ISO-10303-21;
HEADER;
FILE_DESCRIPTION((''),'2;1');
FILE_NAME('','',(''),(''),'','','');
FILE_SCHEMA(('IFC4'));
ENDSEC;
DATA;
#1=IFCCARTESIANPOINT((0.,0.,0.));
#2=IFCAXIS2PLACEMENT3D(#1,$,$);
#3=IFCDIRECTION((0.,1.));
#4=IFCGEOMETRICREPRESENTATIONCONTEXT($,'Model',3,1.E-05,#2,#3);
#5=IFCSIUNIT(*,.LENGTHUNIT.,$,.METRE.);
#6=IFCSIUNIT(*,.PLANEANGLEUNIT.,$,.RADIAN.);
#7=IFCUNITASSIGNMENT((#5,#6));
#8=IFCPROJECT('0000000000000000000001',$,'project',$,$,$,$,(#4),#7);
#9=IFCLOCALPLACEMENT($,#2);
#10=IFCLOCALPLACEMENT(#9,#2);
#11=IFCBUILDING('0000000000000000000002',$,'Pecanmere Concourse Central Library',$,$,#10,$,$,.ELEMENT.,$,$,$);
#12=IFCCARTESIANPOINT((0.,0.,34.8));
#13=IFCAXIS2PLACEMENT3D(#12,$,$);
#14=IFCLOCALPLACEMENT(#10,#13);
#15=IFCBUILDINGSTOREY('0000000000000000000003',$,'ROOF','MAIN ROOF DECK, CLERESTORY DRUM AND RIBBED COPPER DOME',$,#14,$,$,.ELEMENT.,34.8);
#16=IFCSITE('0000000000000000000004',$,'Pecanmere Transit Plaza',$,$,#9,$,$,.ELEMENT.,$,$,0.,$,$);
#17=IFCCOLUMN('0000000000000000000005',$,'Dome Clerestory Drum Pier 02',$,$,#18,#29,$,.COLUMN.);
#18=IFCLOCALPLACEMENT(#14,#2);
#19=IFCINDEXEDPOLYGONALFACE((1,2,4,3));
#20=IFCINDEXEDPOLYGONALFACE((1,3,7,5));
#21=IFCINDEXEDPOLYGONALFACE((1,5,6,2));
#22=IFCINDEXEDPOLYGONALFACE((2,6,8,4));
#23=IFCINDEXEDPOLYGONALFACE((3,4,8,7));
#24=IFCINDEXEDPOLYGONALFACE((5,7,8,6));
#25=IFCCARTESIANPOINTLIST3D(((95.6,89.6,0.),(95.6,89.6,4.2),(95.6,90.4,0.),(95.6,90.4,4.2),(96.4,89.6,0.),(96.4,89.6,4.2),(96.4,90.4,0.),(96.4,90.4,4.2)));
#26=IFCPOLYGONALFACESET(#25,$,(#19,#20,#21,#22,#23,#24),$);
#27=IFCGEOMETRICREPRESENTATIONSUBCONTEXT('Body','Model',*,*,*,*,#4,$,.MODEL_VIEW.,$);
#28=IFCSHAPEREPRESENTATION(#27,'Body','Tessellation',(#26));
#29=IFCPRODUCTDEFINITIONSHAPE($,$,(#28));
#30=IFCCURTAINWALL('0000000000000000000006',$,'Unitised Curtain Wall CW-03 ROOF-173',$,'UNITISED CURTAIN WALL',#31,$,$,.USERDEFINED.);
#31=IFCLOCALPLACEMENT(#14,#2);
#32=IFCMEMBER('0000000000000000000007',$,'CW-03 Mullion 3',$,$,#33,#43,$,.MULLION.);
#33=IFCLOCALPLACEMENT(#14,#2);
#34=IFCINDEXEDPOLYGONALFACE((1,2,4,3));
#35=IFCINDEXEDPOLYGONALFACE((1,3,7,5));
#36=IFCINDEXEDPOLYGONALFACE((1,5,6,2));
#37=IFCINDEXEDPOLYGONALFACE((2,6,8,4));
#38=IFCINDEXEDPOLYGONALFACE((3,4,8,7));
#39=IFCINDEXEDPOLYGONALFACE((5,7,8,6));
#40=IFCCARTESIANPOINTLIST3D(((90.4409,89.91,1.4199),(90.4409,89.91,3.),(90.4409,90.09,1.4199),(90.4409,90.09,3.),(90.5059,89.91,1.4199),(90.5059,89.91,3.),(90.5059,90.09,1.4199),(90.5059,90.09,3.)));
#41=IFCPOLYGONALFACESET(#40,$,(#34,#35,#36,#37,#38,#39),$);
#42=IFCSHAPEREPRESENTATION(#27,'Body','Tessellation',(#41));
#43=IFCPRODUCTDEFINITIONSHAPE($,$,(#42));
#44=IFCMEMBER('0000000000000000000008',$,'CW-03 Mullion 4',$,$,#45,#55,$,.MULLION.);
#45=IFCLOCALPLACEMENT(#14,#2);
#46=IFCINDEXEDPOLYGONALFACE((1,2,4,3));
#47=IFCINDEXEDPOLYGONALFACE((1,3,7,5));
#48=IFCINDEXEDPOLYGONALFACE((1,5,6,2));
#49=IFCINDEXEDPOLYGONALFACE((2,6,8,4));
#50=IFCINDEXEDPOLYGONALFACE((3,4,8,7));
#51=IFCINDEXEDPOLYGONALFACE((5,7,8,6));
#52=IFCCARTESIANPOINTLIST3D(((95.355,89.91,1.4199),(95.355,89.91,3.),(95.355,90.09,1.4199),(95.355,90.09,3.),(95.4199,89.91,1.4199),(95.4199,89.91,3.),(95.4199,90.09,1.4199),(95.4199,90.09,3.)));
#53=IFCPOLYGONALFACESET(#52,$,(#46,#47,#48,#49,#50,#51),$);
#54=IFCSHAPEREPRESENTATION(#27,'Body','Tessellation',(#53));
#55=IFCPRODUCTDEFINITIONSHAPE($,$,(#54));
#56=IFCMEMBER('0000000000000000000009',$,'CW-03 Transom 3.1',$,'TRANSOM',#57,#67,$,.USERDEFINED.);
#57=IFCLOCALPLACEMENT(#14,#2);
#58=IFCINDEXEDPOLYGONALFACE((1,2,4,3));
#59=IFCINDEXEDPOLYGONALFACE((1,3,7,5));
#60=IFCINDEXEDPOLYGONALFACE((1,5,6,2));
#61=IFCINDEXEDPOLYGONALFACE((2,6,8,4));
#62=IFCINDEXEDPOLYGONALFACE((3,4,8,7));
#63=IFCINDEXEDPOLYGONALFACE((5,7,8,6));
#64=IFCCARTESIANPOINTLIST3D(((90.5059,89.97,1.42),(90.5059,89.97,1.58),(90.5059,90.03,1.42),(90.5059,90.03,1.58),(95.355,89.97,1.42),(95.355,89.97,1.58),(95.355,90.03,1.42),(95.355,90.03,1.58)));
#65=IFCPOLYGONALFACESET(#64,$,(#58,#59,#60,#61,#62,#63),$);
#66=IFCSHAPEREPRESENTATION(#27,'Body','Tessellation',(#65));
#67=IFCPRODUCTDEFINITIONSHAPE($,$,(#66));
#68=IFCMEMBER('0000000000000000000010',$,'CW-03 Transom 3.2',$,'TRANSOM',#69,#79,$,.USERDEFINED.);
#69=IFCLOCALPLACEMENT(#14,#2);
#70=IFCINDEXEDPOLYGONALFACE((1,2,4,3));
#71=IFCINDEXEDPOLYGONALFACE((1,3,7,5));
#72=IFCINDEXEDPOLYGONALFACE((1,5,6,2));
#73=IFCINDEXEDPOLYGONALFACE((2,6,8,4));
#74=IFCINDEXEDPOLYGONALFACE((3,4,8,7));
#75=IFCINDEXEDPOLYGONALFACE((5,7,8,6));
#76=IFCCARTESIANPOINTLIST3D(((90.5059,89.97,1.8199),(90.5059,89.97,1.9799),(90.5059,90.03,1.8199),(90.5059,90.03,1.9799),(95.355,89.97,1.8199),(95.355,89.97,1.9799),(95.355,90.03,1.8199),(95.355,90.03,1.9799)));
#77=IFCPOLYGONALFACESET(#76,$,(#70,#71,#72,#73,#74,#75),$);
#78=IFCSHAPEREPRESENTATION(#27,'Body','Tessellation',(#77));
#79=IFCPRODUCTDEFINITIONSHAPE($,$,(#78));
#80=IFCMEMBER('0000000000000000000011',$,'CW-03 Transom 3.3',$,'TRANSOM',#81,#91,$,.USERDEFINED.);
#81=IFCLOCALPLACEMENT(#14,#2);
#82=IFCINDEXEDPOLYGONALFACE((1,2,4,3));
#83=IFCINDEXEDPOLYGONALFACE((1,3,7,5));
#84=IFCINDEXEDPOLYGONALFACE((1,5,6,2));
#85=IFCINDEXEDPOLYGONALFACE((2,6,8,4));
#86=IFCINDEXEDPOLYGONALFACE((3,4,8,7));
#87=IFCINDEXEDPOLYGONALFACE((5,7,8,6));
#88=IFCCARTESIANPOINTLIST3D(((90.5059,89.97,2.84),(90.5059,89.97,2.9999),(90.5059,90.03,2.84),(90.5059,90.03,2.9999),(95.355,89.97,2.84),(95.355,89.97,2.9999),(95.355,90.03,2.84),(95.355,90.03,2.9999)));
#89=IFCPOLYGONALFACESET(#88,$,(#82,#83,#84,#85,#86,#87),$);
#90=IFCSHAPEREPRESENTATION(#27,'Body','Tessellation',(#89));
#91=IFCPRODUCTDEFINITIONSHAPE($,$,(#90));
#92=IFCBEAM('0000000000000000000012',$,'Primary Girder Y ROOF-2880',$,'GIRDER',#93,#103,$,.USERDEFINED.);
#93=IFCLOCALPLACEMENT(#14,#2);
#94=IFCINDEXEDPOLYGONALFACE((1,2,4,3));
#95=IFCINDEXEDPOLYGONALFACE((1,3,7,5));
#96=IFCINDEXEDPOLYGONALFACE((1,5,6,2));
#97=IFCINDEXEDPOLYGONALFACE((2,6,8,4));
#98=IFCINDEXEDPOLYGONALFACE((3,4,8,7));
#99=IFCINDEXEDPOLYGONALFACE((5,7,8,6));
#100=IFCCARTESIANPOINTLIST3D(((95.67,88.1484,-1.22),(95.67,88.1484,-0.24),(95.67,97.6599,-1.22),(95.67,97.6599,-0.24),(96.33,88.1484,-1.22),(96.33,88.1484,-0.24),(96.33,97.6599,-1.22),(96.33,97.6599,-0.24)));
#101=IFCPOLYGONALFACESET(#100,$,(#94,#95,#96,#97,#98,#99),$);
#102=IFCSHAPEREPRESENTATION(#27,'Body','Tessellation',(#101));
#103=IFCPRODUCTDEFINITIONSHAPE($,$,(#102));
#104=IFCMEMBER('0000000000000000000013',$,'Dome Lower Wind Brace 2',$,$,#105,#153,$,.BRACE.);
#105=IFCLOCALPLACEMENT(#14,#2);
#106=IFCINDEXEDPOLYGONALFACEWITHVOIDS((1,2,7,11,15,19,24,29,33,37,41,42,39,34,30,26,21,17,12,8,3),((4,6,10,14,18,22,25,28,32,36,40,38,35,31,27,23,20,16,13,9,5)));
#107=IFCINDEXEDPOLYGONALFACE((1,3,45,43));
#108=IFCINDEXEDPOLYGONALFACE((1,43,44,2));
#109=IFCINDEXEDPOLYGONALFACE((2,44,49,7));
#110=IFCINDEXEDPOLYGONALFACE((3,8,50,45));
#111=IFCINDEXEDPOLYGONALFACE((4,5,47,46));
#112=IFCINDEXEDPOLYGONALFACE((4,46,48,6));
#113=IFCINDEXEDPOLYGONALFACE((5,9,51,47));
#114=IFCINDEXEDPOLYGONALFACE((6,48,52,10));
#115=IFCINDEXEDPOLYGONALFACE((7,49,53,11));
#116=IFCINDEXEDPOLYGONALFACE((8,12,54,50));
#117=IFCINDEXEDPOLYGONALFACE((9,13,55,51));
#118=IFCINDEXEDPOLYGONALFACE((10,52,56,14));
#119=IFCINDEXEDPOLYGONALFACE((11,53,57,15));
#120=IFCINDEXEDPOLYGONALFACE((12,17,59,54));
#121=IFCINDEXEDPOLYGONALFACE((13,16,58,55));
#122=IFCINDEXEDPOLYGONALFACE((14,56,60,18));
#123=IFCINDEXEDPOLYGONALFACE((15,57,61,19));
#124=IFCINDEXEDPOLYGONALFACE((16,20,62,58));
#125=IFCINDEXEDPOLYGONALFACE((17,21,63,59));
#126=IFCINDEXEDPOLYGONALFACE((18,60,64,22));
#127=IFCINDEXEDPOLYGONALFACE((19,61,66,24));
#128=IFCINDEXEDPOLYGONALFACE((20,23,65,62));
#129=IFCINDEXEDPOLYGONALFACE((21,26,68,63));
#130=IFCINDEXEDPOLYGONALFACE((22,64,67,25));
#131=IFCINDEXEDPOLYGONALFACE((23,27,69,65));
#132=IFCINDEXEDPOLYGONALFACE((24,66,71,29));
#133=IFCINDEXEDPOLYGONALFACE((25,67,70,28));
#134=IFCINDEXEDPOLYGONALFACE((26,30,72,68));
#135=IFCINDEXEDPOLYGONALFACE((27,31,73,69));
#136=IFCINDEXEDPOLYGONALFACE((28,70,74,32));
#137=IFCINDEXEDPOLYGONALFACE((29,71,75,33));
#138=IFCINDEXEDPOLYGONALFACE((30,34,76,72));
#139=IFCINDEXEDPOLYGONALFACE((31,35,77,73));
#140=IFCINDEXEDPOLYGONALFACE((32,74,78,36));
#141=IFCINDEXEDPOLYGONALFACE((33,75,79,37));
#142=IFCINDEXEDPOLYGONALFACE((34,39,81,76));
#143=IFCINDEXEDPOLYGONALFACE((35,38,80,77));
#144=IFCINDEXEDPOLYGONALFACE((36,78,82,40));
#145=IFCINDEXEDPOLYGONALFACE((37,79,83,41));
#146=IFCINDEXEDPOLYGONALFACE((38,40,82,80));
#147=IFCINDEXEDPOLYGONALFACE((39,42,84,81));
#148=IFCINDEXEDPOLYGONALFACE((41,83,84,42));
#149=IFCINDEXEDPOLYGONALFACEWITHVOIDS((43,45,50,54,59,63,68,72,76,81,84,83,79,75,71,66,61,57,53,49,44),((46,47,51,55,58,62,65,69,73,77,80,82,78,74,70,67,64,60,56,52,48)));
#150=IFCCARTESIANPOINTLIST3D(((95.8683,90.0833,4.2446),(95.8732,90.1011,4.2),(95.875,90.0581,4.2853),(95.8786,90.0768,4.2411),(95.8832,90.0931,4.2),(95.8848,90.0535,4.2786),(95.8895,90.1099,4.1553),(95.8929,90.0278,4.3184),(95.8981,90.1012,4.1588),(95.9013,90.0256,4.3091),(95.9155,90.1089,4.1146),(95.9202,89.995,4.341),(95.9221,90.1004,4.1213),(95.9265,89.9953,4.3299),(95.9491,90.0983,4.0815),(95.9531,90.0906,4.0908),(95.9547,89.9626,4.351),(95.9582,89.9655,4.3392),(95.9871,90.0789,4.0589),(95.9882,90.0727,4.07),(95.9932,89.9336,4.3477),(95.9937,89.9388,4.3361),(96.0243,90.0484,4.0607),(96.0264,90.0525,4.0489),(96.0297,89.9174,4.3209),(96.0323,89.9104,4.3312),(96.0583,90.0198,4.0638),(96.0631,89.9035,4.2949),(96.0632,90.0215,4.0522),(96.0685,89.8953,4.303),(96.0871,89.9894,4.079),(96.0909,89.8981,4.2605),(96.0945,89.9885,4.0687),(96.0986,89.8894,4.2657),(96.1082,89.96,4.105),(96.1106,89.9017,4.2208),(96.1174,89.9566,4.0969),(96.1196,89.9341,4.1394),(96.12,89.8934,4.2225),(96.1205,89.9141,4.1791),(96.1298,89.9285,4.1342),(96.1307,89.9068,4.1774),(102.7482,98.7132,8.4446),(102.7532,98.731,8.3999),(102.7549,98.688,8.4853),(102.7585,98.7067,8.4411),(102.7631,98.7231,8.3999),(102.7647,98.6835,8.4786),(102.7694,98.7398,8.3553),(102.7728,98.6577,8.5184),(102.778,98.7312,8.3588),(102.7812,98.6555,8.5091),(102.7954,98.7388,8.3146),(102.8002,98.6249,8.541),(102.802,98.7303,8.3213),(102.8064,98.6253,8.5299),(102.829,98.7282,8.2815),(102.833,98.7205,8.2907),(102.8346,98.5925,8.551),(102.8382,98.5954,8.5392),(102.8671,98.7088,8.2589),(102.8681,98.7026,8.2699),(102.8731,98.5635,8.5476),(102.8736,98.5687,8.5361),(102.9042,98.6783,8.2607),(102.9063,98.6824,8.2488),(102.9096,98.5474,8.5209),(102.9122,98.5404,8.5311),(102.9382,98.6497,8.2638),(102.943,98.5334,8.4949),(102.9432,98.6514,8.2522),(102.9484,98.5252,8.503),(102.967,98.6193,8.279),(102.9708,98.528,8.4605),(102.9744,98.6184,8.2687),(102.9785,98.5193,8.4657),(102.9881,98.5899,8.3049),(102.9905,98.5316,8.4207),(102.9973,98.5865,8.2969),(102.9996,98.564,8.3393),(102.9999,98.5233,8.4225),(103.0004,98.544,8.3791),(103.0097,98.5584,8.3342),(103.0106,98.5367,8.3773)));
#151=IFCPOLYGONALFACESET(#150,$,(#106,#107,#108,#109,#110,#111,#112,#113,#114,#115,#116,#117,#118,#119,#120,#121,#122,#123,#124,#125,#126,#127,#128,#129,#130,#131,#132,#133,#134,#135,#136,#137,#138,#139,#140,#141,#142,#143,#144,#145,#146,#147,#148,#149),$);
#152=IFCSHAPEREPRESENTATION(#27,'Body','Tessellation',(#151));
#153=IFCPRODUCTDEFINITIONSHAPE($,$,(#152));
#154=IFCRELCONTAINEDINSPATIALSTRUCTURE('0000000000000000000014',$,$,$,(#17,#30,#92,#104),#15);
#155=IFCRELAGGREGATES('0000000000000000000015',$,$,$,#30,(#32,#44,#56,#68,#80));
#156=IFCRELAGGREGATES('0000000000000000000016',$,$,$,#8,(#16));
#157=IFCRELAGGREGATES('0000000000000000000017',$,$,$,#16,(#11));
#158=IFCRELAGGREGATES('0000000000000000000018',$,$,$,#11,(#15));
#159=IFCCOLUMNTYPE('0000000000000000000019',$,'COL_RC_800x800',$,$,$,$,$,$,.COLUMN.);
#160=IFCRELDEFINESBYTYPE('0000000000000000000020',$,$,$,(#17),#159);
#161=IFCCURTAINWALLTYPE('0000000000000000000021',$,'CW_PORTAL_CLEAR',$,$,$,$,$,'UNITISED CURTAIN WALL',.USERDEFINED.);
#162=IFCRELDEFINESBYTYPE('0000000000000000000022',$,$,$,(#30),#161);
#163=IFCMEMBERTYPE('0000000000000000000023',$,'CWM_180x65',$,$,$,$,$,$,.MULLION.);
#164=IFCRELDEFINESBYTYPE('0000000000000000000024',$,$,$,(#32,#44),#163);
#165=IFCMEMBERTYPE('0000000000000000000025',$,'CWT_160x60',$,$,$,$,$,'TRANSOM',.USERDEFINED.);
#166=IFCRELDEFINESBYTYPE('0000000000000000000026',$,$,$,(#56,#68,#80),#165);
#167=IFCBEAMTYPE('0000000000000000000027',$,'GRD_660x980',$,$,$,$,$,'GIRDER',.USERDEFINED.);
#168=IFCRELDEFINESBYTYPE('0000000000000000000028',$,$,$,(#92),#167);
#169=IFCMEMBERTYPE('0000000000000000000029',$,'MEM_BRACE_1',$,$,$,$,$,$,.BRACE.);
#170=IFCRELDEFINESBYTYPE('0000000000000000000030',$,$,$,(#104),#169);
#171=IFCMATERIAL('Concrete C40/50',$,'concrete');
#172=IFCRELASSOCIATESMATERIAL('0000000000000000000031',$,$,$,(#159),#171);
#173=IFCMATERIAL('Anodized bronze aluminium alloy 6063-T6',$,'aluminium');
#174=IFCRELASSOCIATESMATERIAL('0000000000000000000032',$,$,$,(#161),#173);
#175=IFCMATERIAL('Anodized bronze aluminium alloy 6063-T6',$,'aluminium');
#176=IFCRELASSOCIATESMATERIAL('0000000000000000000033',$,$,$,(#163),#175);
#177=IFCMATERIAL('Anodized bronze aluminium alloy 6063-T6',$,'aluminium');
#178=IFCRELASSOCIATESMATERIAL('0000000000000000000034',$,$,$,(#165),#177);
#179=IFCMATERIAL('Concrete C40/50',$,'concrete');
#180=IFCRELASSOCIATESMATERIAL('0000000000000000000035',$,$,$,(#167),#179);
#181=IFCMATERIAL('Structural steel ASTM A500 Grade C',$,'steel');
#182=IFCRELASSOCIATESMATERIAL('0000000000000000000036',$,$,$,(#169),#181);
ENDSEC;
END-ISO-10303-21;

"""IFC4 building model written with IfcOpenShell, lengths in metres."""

from ifc_helpers import new_model, si_unit, direction, frame, origin, origin_2d, place, context, subcontext, project, spatial, rectangle, hollow_circle, extrude, material, material_profile, profile_set, type_object, element, aggregate, save


model = new_model("IFC4")

# Units and contexts
model_context = context("Model", 3, precision=1e-05, world=origin(), true_north=direction((0.0, 1.0)))
body_context = subcontext(model_context, "Body", "Model", "MODEL_VIEW")
ifc_project = project(units=[si_unit("LENGTHUNIT", "METRE"), si_unit("PLANEANGLEUNIT", "RADIAN")], contexts=[model_context])

# Site, building, storey
site_placement = place(None, origin())
site = spatial("IfcSite", under=ifc_project, at=site_placement, Name="Pecanmere Transit Plaza", CompositionType="ELEMENT", RefElevation=0.0)
building_placement = place(site_placement, origin())
building = spatial("IfcBuilding", under=site, at=building_placement, Name="Pecanmere Concourse Central Library", CompositionType="ELEMENT")
storey_placement = place(building_placement, frame((0.0, 0.0, 34.8)))
storey = spatial("IfcBuildingStorey", under=building, at=storey_placement, Name="ROOF", Description="MAIN ROOF DECK, CLERESTORY DRUM AND RIBBED COPPER DOME", CompositionType="ELEMENT", Elevation=34.8)

# Column
ifc_material_1 = material(Name="Concrete C40/50", Category="concrete")
ifc_material_profile_1 = material_profile(ifc_material_1, rectangle(XDim=0.8, YDim=0.8, at=origin_2d()), Name="RC 800x800")
ifc_profile_set_1 = profile_set([ifc_material_profile_1], Name="Concrete C40/50")
column_type = type_object("IfcColumnType", Name="COL_RC_800x800", PredefinedType="COLUMN", material=ifc_profile_set_1)
column_placement = place(storey_placement, frame((96.0, 90.0, 0.0), z_axis=(0.0, 0.0, 1.0), x_axis=(1.0, 0.0, 0.0)))
element("IfcColumn", 1, at=column_placement, inside=storey, type_object=column_type, Name="Dome Clerestory Drum Pier 02", PredefinedType="COLUMN", context=body_context, shape_type="SweptSolid", body=[
    extrude(rectangle(XDim=0.8, YDim=0.8, at=origin_2d()), origin(), (0.0, 0.0, 1.0), 4.2),
])

# Curtain wall, members
ifc_material_2 = material(Name="Anodized bronze aluminium alloy 6063-T6", Category="aluminium")
curtain_wall_type = type_object("IfcCurtainWallType", Name="CW_PORTAL_CLEAR", ElementType="UNITISED CURTAIN WALL", PredefinedType="USERDEFINED", material=ifc_material_2)
curtain_wall_placement = place(storey_placement, origin())
curtain_wall = element("IfcCurtainWall", 2, at=curtain_wall_placement, inside=storey, type_object=curtain_wall_type, Name="Unitised Curtain Wall CW-03 ROOF-173", ObjectType="UNITISED CURTAIN WALL", PredefinedType="USERDEFINED")
ifc_material_3 = material(Name="Anodized bronze aluminium alloy 6063-T6", Category="aluminium")
ifc_material_profile_2 = material_profile(ifc_material_3, rectangle(XDim=0.0649, YDim=0.1799, at=origin_2d()), Name="AL 65x180")
ifc_profile_set_2 = profile_set([ifc_material_profile_2], Name="Anodized bronze aluminium alloy 6063-T6")
member_type_1 = type_object("IfcMemberType", Name="CWM_180x65", PredefinedType="MULLION", material=ifc_profile_set_2)
member_1_placement = place(storey_placement, frame((90.4734, 90.0, 1.4199), z_axis=(0.0, 0.0, 1.0), x_axis=(1.0, 0.0, 0.0)))
member_1 = element("IfcMember", 3, at=member_1_placement, type_object=member_type_1, Name="CW-03 Mullion 3", PredefinedType="MULLION", context=body_context, shape_type="SweptSolid", body=[
    extrude(rectangle(XDim=0.0649, YDim=0.1799, at=origin_2d()), origin(), (0.0, 0.0, 1.0), 1.5801),
])
member_2_placement = place(storey_placement, frame((95.3875, 90.0, 1.4199), z_axis=(0.0, 0.0, 1.0), x_axis=(1.0, 0.0, 0.0)))
member_2 = element("IfcMember", 4, at=member_2_placement, type_object=member_type_1, Name="CW-03 Mullion 4", PredefinedType="MULLION", context=body_context, shape_type="SweptSolid", body=[
    extrude(rectangle(XDim=0.0649, YDim=0.1799, at=origin_2d()), origin(), (0.0, 0.0, 1.0), 1.5801),
])
ifc_material_4 = material(Name="Anodized bronze aluminium alloy 6063-T6", Category="aluminium")
ifc_material_profile_3 = material_profile(ifc_material_4, rectangle(XDim=0.0601, YDim=0.1599, at=origin_2d()), Name="AL 60x160")
ifc_profile_set_3 = profile_set([ifc_material_profile_3], Name="Anodized bronze aluminium alloy 6063-T6")
member_type_2 = type_object("IfcMemberType", Name="CWT_160x60", ElementType="TRANSOM", PredefinedType="USERDEFINED", material=ifc_profile_set_3)
member_3_placement = place(storey_placement, frame((90.5059, 90.0, 1.5), z_axis=(1.0, 0.0, 0.0), x_axis=(0.0, 1.0, 0.0)))
member_3 = element("IfcMember", 5, at=member_3_placement, type_object=member_type_2, Name="CW-03 Transom 3.1", ObjectType="TRANSOM", PredefinedType="USERDEFINED", context=body_context, shape_type="SweptSolid", body=[
    extrude(rectangle(XDim=0.0601, YDim=0.1599, at=origin_2d()), origin(), (0.0, 0.0, 1.0), 4.8491),
])
member_4_placement = place(storey_placement, frame((90.5059, 90.0, 1.8999), z_axis=(1.0, 0.0, 0.0), x_axis=(0.0, 1.0, 0.0)))
member_4 = element("IfcMember", 6, at=member_4_placement, type_object=member_type_2, Name="CW-03 Transom 3.2", ObjectType="TRANSOM", PredefinedType="USERDEFINED", context=body_context, shape_type="SweptSolid", body=[
    extrude(rectangle(XDim=0.0601, YDim=0.1599, at=origin_2d()), origin(), (0.0, 0.0, 1.0), 4.8491),
])
member_5_placement = place(storey_placement, frame((90.5059, 90.0, 2.9199), z_axis=(1.0, 0.0, 0.0), x_axis=(0.0, 1.0, 0.0)))
member_5 = element("IfcMember", 7, at=member_5_placement, type_object=member_type_2, Name="CW-03 Transom 3.3", ObjectType="TRANSOM", PredefinedType="USERDEFINED", context=body_context, shape_type="SweptSolid", body=[
    extrude(rectangle(XDim=0.0601, YDim=0.1599, at=origin_2d()), origin(), (0.0, 0.0, 1.0), 4.8491),
])

# Beam
ifc_material_5 = material(Name="Concrete C40/50", Category="concrete")
ifc_material_profile_4 = material_profile(ifc_material_5, rectangle(XDim=0.6599, YDim=0.98, at=origin_2d()), Name="RC 660x980")
ifc_profile_set_4 = profile_set([ifc_material_profile_4], Name="Concrete C40/50")
beam_type_1 = type_object("IfcBeamType", Name="GRD_660x980", ElementType="GIRDER", PredefinedType="USERDEFINED", material=ifc_profile_set_4)
beam_1_placement = place(storey_placement, frame((96.0, 88.1484, -0.73), z_axis=(0.0, 1.0, 0.0), x_axis=(-1.0, 0.0, 0.0)))
element("IfcBeam", 8, at=beam_1_placement, inside=storey, type_object=beam_type_1, Name="Primary Girder Y ROOF-2880", ObjectType="GIRDER", PredefinedType="USERDEFINED", context=body_context, shape_type="SweptSolid", body=[
    extrude(rectangle(XDim=0.6599, YDim=0.98, at=origin_2d()), origin(), (0.0, 0.0, 1.0), 9.5115),
])

# Member
ifc_material_6 = material(Name="Structural steel ASTM A500 Grade C", Category="steel")
ifc_material_profile_5 = material_profile(ifc_material_6, hollow_circle(Radius=0.1621, WallThickness=0.0127, at=origin_2d()), Name="HSS323.9x12.7")
ifc_profile_set_5 = profile_set([ifc_material_profile_5], Name="Structural steel ASTM A500 Grade C")
member_type_3 = type_object("IfcMemberType", Name="MEM_BRACE_1", PredefinedType="BRACE", material=ifc_profile_set_5)
member_6_placement = place(storey_placement, frame((96.0, 90.0, 4.2), z_axis=(0.582607, 0.730802, 0.355663), x_axis=(-0.781929, 0.623367, 0.0)))
element("IfcMember", 9, at=member_6_placement, inside=storey, type_object=member_type_3, Name="Dome Lower Wind Brace 2", PredefinedType="BRACE", context=body_context, shape_type="SweptSolid", body=[
    extrude(hollow_circle(Radius=0.1621, WallThickness=0.0127, at=origin_2d()), origin(), (0.0, 0.0, 1.0), 11.8088),
])

aggregate(curtain_wall, [member_1, member_2, member_3, member_4, member_5])

save(model, "model.ifc")
